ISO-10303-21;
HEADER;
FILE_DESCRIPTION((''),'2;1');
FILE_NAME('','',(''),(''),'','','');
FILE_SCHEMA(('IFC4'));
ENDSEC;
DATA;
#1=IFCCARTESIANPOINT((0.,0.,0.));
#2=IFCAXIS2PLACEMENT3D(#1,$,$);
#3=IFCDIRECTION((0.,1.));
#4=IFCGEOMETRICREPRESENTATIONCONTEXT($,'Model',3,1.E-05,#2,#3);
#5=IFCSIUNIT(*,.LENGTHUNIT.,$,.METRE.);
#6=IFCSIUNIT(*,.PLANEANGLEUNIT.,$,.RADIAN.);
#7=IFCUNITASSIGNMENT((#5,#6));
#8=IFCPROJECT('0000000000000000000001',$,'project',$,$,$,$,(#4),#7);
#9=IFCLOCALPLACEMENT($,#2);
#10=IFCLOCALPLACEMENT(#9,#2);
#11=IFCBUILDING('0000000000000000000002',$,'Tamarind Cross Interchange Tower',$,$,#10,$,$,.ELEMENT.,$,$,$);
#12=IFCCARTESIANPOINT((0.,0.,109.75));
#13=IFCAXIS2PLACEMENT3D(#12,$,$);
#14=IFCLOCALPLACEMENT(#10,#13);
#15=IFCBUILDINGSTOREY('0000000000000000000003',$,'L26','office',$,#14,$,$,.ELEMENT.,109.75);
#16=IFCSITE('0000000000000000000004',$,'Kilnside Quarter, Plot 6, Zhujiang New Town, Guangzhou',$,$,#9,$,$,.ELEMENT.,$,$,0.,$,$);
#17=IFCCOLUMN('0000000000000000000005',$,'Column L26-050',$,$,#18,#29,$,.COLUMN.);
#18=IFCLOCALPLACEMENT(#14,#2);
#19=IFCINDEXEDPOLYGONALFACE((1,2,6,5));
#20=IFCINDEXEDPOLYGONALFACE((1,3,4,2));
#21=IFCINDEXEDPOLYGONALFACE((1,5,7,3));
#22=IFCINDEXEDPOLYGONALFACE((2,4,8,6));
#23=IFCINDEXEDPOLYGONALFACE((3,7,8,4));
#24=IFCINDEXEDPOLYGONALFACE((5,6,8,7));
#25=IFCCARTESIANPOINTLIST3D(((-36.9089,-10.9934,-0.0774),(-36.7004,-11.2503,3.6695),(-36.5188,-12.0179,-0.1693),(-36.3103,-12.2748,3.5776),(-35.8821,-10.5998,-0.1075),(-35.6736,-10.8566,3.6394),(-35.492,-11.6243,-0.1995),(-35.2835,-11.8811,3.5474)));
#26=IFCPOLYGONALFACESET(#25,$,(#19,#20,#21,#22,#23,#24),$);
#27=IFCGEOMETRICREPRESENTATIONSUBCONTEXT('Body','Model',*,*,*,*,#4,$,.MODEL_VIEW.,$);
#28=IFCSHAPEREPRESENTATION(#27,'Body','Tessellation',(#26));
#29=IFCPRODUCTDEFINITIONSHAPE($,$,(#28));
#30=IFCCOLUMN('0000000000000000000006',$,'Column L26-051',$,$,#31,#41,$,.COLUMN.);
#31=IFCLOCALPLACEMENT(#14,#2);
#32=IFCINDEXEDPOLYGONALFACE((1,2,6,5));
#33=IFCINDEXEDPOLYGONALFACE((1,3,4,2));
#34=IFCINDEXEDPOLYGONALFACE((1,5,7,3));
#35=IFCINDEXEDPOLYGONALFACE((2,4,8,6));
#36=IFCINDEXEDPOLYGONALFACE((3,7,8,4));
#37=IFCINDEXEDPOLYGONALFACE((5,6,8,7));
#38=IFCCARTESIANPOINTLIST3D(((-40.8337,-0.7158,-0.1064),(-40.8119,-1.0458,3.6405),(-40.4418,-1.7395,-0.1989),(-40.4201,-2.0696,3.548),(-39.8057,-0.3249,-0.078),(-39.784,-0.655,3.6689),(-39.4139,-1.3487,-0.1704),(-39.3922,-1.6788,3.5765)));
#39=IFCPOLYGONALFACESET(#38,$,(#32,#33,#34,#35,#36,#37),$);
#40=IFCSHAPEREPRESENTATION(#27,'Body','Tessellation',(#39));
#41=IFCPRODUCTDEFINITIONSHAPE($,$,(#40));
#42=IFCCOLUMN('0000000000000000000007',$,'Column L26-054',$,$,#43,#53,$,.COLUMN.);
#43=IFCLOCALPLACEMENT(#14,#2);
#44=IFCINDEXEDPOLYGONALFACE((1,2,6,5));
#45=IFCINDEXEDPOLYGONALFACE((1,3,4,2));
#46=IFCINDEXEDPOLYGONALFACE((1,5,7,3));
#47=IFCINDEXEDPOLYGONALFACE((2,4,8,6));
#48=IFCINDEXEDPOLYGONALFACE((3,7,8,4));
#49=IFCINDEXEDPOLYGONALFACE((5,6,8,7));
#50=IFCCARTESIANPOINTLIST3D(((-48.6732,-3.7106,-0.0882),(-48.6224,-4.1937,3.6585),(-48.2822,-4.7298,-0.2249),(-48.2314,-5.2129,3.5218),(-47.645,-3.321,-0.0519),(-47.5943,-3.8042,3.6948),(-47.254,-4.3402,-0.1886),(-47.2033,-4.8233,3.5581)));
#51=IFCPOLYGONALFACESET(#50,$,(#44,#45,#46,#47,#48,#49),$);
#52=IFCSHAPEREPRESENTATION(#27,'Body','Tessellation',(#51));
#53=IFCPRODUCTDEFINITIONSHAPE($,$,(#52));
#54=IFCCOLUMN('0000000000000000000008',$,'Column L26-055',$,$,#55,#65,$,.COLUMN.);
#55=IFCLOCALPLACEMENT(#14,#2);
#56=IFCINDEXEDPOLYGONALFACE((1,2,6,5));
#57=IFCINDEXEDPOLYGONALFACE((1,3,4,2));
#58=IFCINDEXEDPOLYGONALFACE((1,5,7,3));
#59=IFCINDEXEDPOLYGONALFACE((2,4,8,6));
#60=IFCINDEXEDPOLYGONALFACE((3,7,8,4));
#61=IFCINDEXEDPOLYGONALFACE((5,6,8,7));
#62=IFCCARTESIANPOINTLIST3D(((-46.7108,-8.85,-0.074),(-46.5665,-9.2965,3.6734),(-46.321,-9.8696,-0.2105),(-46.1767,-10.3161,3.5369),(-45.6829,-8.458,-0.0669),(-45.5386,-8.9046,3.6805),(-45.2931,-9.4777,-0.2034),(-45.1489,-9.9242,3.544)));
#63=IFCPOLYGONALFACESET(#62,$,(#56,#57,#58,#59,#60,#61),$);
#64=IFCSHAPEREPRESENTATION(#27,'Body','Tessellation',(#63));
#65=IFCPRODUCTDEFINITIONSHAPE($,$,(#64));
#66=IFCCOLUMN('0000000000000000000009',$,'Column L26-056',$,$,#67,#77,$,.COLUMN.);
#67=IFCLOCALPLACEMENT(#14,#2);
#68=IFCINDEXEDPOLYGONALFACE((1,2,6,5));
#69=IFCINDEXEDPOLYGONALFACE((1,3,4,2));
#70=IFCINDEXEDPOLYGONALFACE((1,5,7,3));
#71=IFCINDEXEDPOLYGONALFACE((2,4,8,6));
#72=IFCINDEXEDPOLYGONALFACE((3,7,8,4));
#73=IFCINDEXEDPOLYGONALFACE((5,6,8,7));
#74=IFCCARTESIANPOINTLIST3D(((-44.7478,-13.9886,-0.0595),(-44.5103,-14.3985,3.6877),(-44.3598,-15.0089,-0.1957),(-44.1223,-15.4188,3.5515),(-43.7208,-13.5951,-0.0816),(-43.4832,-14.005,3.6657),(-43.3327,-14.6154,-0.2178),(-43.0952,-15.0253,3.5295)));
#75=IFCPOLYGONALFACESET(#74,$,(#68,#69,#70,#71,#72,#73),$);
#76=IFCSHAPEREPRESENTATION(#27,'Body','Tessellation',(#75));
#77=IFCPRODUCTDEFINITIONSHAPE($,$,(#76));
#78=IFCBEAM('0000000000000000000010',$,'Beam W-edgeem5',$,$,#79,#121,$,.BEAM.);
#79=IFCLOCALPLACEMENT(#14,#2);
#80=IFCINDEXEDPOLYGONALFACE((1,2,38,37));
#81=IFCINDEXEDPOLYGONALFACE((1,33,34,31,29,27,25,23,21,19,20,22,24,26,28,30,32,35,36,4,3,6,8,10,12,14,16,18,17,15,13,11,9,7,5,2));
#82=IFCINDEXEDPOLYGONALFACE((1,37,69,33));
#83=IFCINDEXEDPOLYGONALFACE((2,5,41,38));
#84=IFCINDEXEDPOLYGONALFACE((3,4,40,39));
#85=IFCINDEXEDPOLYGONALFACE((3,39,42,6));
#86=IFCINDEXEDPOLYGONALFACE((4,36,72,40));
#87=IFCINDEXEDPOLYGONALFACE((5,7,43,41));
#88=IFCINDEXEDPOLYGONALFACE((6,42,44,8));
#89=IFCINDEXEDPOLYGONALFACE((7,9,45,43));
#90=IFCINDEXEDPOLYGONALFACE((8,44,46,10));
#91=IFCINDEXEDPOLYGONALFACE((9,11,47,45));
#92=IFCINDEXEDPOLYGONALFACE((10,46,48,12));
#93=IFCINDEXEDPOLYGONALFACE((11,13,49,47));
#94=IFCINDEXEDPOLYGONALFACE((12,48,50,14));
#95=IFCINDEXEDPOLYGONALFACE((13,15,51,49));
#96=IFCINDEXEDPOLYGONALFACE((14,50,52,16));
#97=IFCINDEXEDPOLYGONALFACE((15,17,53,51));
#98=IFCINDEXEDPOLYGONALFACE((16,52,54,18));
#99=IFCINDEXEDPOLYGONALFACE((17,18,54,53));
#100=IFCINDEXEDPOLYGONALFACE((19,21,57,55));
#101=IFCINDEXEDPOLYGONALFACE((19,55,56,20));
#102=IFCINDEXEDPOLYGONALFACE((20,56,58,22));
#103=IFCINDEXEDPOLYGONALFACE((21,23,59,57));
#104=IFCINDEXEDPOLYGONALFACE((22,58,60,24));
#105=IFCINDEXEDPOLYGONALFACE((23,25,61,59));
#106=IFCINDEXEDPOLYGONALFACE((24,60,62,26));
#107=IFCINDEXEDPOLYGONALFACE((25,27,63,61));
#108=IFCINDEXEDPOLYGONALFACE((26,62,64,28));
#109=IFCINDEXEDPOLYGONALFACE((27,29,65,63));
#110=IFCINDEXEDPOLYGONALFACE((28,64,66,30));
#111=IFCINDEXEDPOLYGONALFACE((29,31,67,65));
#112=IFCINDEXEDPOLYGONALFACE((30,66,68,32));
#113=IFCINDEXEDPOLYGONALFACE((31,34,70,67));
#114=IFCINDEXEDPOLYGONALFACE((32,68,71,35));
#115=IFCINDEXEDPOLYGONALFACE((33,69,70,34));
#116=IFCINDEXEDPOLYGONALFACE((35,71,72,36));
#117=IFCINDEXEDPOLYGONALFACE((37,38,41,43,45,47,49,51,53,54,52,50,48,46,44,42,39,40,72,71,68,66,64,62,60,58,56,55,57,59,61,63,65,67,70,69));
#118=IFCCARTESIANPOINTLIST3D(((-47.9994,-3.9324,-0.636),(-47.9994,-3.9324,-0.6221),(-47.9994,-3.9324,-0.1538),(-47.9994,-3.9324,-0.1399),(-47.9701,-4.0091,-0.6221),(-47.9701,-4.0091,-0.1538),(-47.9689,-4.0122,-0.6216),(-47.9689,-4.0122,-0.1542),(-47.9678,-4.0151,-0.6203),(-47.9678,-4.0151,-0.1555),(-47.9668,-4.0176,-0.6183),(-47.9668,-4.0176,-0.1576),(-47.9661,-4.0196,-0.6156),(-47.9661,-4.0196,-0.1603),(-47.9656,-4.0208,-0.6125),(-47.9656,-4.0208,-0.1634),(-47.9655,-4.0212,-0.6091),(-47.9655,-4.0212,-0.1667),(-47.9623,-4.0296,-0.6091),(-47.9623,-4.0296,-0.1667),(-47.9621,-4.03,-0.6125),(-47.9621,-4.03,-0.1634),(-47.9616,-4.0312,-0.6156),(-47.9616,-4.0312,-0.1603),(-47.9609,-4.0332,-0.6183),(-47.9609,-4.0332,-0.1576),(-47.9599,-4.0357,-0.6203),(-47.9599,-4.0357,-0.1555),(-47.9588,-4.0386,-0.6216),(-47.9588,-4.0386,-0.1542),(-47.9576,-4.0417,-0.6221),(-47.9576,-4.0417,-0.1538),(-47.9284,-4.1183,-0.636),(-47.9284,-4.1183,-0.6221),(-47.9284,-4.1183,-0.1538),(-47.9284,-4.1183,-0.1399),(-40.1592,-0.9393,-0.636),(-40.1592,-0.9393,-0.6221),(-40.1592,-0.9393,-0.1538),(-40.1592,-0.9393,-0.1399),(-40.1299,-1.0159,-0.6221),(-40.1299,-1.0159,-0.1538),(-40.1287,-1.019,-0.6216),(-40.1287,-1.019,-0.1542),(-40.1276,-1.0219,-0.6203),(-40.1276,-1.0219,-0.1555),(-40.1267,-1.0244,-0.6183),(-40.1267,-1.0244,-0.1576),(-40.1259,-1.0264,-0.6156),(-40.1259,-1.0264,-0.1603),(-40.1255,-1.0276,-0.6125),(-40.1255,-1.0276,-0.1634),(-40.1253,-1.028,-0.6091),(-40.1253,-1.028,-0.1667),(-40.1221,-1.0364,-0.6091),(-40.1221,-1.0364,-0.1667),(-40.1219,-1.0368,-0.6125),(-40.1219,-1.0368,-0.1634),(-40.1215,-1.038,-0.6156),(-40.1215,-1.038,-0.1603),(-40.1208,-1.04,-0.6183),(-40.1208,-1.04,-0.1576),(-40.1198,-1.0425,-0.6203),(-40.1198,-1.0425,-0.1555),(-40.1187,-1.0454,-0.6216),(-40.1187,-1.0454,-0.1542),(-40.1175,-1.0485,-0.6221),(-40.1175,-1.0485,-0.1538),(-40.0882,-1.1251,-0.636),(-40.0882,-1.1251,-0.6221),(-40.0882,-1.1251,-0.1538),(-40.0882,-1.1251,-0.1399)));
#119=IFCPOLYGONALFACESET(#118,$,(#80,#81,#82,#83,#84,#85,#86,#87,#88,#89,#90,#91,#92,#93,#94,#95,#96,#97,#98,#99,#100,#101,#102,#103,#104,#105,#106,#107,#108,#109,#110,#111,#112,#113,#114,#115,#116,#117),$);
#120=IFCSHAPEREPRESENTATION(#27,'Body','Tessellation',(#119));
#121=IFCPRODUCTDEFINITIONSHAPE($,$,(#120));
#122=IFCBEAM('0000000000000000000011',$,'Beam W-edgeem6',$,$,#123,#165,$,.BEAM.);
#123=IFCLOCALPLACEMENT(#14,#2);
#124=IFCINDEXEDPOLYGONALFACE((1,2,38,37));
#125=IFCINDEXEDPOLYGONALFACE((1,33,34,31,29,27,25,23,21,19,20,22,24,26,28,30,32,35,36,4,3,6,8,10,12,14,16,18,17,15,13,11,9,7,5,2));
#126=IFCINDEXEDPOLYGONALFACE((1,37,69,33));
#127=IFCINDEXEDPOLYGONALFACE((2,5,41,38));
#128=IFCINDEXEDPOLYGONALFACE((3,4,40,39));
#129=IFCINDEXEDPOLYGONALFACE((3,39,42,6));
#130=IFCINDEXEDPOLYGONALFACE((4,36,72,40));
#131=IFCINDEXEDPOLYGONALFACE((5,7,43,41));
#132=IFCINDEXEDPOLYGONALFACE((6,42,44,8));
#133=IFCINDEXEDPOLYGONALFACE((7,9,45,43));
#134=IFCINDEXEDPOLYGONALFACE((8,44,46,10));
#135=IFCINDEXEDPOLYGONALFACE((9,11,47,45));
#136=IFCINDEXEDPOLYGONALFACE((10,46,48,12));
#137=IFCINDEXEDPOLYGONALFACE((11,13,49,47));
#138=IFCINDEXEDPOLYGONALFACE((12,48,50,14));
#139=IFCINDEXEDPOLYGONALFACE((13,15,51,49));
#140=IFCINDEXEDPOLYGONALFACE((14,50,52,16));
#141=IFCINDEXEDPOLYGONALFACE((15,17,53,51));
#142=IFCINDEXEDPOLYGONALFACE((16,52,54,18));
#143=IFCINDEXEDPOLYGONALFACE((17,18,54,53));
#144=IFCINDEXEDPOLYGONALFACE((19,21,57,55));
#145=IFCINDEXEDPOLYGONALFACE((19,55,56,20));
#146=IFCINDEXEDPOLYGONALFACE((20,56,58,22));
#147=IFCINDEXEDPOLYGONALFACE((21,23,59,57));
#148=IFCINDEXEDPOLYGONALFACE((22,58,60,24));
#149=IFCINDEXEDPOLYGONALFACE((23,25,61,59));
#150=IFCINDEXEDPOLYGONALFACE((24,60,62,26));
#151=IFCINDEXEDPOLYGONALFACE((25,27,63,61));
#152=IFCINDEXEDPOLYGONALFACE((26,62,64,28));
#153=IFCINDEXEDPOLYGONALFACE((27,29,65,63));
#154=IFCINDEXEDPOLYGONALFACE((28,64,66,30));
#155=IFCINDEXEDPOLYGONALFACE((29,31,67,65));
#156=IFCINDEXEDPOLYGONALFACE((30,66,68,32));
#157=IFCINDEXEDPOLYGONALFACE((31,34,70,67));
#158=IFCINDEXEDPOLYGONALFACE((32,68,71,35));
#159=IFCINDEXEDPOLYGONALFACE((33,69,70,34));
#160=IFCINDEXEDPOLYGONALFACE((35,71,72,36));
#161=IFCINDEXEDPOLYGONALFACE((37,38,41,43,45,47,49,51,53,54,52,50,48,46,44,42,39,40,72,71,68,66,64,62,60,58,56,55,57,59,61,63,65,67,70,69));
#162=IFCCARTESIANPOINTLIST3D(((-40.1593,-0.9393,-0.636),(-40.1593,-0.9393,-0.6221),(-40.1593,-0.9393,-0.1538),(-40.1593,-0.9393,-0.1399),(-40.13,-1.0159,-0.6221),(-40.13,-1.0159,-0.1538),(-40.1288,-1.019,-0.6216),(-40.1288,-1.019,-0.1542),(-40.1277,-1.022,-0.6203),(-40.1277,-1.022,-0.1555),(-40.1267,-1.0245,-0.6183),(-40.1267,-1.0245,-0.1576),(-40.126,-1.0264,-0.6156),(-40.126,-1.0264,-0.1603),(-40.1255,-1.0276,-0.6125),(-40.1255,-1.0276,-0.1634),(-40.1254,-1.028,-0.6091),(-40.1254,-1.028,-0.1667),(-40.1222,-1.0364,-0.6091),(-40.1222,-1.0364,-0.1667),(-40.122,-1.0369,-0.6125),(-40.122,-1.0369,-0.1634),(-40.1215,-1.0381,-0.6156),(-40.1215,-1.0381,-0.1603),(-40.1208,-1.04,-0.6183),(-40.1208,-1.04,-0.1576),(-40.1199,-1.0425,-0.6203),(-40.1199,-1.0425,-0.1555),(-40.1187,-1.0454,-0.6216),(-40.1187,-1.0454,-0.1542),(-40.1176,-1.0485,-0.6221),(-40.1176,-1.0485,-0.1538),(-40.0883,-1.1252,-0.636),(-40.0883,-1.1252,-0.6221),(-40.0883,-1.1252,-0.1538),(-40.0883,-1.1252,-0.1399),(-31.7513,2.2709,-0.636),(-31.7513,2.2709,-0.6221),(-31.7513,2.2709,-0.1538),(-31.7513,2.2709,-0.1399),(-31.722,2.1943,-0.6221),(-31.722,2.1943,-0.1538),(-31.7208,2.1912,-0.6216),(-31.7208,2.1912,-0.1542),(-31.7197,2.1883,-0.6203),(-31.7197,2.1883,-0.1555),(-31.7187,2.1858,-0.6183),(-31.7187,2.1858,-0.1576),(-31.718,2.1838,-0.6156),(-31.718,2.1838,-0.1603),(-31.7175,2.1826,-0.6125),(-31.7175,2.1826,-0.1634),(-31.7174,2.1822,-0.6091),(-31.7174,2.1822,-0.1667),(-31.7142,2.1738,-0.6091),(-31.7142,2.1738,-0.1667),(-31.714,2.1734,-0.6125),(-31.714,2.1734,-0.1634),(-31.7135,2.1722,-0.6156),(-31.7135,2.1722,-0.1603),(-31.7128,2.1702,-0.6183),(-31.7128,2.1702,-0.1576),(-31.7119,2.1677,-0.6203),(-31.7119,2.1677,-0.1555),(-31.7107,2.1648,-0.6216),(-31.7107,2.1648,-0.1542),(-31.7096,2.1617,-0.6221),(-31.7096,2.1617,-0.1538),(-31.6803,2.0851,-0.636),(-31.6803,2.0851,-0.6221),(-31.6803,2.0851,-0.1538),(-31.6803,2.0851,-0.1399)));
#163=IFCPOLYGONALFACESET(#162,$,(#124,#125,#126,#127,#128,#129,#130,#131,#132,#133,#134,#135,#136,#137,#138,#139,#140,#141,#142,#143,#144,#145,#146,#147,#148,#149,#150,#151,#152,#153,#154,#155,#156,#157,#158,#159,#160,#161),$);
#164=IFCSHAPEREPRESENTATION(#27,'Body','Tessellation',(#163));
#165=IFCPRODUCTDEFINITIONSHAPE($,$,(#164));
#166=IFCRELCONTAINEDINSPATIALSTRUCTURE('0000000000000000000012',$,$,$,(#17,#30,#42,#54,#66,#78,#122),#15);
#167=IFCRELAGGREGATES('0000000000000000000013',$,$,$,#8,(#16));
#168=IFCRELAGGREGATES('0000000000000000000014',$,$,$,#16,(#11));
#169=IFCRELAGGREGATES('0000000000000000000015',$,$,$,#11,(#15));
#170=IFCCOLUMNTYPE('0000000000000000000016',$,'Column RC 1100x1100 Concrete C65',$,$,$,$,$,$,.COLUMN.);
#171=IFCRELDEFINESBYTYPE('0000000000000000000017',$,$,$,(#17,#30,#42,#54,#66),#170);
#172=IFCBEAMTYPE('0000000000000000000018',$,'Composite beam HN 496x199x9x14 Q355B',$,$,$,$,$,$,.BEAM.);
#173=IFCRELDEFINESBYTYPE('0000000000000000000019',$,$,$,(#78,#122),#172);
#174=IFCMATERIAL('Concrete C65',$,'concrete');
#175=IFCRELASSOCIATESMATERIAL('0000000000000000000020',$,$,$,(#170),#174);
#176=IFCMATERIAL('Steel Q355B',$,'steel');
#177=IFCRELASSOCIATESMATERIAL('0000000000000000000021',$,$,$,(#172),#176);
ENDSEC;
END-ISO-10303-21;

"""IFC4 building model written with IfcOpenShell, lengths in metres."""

from ifc_helpers import new_model, si_unit, direction, frame, origin, origin_2d, place, context, subcontext, project, spatial, rectangle, i_section, extrude, material, material_profile, profile_set, type_object, element, save


model = new_model("IFC4")

# Units and contexts
model_context = context("Model", 3, precision=1e-05, world=origin(), true_north=direction((0.0, 1.0)))
body_context = subcontext(model_context, "Body", "Model", "MODEL_VIEW")
ifc_project = project(units=[si_unit("LENGTHUNIT", "METRE"), si_unit("PLANEANGLEUNIT", "RADIAN")], contexts=[model_context])

# Site, building, storey
site_placement = place(None, origin())
site = spatial("IfcSite", under=ifc_project, at=site_placement, Name="Kilnside Quarter, Plot 6, Zhujiang New Town, Guangzhou", CompositionType="ELEMENT", RefElevation=0.0)
building_placement = place(site_placement, origin())
building = spatial("IfcBuilding", under=site, at=building_placement, Name="Tamarind Cross Interchange Tower", CompositionType="ELEMENT")
storey_placement = place(building_placement, frame((0.0, 0.0, 109.75)))
storey = spatial("IfcBuildingStorey", under=building, at=storey_placement, Name="L26", Description="office", CompositionType="ELEMENT", Elevation=109.75)

# Columns
ifc_material_1 = material(Name="Concrete C65", Category="concrete")
ifc_material_profile_1 = material_profile(ifc_material_1, rectangle(XDim=1.1001, YDim=1.1001, at=origin_2d()), Name="RC 1100x1100")
ifc_profile_set_1 = profile_set([ifc_material_profile_1], Name="Concrete C65")
column_type = type_object("IfcColumnType", Name="Column RC 1100x1100 Concrete C65", PredefinedType="COLUMN", material=ifc_profile_set_1)
for number, where, z_axis, x_axis, name in (
    (1, (-36.2004, -11.3088, -0.1384), (0.05543, -0.068282, 0.996125), (-0.354587, 0.931281, 0.083568), "Column L26-050"),
    (2, (-40.1238, -1.0322, -0.1384), (0.005777, -0.087754, 0.996125), (0.934402, 0.355279, 0.02588), "Column L26-051"),
):
    element("IfcColumn", number, at=place(storey_placement, frame(where, z_axis=z_axis, x_axis=x_axis)), inside=storey, type_object=column_type, Name=name, PredefinedType="COLUMN", context=body_context, shape_type="SweptSolid", body=[
        extrude(rectangle(XDim=1.1001, YDim=1.1001, at=origin_2d()), origin(), (0.0, 0.0, 1.0), 3.7615),
    ])
column_1_placement = place(storey_placement, frame((-47.9636, -4.0254, -0.1384), z_axis=(0.013441, -0.12788, 0.991699), x_axis=(0.934613, 0.354131, 0.032998)))
element("IfcColumn", 3, at=column_1_placement, inside=storey, type_object=column_type, Name="Column L26-054", PredefinedType="COLUMN", context=body_context, shape_type="SweptSolid", body=[
    extrude(rectangle(XDim=1.1001, YDim=1.1001, at=origin_2d()), origin(), (0.0, 0.0, 1.0), 3.7781),
])
column_2_placement = place(storey_placement, frame((-46.002, -9.1638, -0.1387), z_axis=(0.038206, -0.118237, 0.99225), x_axis=(0.934358, 0.356277, 0.006478)))
element("IfcColumn", 4, at=column_2_placement, inside=storey, type_object=column_type, Name="Column L26-055", PredefinedType="COLUMN", context=body_context, shape_type="SweptSolid", body=[
    extrude(rectangle(XDim=1.1001, YDim=1.1001, at=origin_2d()), origin(), (0.0, 0.0, 1.0), 3.7766),
])
column_3_placement = place(storey_placement, frame((-44.0403, -14.302, -0.1387), z_axis=(0.062891, -0.108524, 0.992102), x_axis=(-0.352725, 0.927499, 0.123817)))
element("IfcColumn", 5, at=column_3_placement, inside=storey, type_object=column_type, Name="Column L26-056", PredefinedType="COLUMN", context=body_context, shape_type="SweptSolid", body=[
    extrude(rectangle(XDim=1.1001, YDim=1.1001, at=origin_2d()), origin(), (0.0, 0.0, 1.0), 3.7771),
])

# Beams
ifc_material_2 = material(Name="Steel Q355B", Category="steel")
ifc_material_profile_2 = material_profile(ifc_material_2, i_section(OverallWidth=0.199, OverallDepth=0.4961, WebThickness=0.009, FlangeThickness=0.0139, FilletRadius=0.0129, at=origin_2d()), Name="HN 496x199x9x14")
ifc_profile_set_2 = profile_set([ifc_material_profile_2], Name="Steel Q355B")
beam_type_1 = type_object("IfcBeamType", Name="Composite beam HN 496x199x9x14 Q355B", PredefinedType="BEAM", material=ifc_profile_set_2)
beam_1_placement = place(storey_placement, frame((-47.9639, -4.0254, -0.3879), z_axis=(0.934231, 0.356668, 0.0), x_axis=(-0.356668, 0.934231, 0.0)))
element("IfcBeam", 6, at=beam_1_placement, inside=storey, type_object=beam_type_1, Name="Beam W-edgeem5", PredefinedType="BEAM", context=body_context, shape_type="SweptSolid", body=[
    extrude(i_section(OverallWidth=0.199, OverallDepth=0.4961, WebThickness=0.009, FlangeThickness=0.0139, FilletRadius=0.0129, at=origin_2d()), origin(), (0.0, 0.0, 1.0), 8.3921),
])
beam_2_placement = place(storey_placement, frame((-40.1238, -1.0322, -0.3879), z_axis=(0.934222, 0.356691, 0.0), x_axis=(-0.356691, 0.934222, 0.0)))
element("IfcBeam", 7, at=beam_2_placement, inside=storey, type_object=beam_type_1, Name="Beam W-edgeem6", PredefinedType="BEAM", context=body_context, shape_type="SweptSolid", body=[
    extrude(i_section(OverallWidth=0.199, OverallDepth=0.4961, WebThickness=0.009, FlangeThickness=0.0139, FilletRadius=0.0129, at=origin_2d()), origin(), (0.0, 0.0, 1.0), 9.0),
])

save(model, "model.ifc")
